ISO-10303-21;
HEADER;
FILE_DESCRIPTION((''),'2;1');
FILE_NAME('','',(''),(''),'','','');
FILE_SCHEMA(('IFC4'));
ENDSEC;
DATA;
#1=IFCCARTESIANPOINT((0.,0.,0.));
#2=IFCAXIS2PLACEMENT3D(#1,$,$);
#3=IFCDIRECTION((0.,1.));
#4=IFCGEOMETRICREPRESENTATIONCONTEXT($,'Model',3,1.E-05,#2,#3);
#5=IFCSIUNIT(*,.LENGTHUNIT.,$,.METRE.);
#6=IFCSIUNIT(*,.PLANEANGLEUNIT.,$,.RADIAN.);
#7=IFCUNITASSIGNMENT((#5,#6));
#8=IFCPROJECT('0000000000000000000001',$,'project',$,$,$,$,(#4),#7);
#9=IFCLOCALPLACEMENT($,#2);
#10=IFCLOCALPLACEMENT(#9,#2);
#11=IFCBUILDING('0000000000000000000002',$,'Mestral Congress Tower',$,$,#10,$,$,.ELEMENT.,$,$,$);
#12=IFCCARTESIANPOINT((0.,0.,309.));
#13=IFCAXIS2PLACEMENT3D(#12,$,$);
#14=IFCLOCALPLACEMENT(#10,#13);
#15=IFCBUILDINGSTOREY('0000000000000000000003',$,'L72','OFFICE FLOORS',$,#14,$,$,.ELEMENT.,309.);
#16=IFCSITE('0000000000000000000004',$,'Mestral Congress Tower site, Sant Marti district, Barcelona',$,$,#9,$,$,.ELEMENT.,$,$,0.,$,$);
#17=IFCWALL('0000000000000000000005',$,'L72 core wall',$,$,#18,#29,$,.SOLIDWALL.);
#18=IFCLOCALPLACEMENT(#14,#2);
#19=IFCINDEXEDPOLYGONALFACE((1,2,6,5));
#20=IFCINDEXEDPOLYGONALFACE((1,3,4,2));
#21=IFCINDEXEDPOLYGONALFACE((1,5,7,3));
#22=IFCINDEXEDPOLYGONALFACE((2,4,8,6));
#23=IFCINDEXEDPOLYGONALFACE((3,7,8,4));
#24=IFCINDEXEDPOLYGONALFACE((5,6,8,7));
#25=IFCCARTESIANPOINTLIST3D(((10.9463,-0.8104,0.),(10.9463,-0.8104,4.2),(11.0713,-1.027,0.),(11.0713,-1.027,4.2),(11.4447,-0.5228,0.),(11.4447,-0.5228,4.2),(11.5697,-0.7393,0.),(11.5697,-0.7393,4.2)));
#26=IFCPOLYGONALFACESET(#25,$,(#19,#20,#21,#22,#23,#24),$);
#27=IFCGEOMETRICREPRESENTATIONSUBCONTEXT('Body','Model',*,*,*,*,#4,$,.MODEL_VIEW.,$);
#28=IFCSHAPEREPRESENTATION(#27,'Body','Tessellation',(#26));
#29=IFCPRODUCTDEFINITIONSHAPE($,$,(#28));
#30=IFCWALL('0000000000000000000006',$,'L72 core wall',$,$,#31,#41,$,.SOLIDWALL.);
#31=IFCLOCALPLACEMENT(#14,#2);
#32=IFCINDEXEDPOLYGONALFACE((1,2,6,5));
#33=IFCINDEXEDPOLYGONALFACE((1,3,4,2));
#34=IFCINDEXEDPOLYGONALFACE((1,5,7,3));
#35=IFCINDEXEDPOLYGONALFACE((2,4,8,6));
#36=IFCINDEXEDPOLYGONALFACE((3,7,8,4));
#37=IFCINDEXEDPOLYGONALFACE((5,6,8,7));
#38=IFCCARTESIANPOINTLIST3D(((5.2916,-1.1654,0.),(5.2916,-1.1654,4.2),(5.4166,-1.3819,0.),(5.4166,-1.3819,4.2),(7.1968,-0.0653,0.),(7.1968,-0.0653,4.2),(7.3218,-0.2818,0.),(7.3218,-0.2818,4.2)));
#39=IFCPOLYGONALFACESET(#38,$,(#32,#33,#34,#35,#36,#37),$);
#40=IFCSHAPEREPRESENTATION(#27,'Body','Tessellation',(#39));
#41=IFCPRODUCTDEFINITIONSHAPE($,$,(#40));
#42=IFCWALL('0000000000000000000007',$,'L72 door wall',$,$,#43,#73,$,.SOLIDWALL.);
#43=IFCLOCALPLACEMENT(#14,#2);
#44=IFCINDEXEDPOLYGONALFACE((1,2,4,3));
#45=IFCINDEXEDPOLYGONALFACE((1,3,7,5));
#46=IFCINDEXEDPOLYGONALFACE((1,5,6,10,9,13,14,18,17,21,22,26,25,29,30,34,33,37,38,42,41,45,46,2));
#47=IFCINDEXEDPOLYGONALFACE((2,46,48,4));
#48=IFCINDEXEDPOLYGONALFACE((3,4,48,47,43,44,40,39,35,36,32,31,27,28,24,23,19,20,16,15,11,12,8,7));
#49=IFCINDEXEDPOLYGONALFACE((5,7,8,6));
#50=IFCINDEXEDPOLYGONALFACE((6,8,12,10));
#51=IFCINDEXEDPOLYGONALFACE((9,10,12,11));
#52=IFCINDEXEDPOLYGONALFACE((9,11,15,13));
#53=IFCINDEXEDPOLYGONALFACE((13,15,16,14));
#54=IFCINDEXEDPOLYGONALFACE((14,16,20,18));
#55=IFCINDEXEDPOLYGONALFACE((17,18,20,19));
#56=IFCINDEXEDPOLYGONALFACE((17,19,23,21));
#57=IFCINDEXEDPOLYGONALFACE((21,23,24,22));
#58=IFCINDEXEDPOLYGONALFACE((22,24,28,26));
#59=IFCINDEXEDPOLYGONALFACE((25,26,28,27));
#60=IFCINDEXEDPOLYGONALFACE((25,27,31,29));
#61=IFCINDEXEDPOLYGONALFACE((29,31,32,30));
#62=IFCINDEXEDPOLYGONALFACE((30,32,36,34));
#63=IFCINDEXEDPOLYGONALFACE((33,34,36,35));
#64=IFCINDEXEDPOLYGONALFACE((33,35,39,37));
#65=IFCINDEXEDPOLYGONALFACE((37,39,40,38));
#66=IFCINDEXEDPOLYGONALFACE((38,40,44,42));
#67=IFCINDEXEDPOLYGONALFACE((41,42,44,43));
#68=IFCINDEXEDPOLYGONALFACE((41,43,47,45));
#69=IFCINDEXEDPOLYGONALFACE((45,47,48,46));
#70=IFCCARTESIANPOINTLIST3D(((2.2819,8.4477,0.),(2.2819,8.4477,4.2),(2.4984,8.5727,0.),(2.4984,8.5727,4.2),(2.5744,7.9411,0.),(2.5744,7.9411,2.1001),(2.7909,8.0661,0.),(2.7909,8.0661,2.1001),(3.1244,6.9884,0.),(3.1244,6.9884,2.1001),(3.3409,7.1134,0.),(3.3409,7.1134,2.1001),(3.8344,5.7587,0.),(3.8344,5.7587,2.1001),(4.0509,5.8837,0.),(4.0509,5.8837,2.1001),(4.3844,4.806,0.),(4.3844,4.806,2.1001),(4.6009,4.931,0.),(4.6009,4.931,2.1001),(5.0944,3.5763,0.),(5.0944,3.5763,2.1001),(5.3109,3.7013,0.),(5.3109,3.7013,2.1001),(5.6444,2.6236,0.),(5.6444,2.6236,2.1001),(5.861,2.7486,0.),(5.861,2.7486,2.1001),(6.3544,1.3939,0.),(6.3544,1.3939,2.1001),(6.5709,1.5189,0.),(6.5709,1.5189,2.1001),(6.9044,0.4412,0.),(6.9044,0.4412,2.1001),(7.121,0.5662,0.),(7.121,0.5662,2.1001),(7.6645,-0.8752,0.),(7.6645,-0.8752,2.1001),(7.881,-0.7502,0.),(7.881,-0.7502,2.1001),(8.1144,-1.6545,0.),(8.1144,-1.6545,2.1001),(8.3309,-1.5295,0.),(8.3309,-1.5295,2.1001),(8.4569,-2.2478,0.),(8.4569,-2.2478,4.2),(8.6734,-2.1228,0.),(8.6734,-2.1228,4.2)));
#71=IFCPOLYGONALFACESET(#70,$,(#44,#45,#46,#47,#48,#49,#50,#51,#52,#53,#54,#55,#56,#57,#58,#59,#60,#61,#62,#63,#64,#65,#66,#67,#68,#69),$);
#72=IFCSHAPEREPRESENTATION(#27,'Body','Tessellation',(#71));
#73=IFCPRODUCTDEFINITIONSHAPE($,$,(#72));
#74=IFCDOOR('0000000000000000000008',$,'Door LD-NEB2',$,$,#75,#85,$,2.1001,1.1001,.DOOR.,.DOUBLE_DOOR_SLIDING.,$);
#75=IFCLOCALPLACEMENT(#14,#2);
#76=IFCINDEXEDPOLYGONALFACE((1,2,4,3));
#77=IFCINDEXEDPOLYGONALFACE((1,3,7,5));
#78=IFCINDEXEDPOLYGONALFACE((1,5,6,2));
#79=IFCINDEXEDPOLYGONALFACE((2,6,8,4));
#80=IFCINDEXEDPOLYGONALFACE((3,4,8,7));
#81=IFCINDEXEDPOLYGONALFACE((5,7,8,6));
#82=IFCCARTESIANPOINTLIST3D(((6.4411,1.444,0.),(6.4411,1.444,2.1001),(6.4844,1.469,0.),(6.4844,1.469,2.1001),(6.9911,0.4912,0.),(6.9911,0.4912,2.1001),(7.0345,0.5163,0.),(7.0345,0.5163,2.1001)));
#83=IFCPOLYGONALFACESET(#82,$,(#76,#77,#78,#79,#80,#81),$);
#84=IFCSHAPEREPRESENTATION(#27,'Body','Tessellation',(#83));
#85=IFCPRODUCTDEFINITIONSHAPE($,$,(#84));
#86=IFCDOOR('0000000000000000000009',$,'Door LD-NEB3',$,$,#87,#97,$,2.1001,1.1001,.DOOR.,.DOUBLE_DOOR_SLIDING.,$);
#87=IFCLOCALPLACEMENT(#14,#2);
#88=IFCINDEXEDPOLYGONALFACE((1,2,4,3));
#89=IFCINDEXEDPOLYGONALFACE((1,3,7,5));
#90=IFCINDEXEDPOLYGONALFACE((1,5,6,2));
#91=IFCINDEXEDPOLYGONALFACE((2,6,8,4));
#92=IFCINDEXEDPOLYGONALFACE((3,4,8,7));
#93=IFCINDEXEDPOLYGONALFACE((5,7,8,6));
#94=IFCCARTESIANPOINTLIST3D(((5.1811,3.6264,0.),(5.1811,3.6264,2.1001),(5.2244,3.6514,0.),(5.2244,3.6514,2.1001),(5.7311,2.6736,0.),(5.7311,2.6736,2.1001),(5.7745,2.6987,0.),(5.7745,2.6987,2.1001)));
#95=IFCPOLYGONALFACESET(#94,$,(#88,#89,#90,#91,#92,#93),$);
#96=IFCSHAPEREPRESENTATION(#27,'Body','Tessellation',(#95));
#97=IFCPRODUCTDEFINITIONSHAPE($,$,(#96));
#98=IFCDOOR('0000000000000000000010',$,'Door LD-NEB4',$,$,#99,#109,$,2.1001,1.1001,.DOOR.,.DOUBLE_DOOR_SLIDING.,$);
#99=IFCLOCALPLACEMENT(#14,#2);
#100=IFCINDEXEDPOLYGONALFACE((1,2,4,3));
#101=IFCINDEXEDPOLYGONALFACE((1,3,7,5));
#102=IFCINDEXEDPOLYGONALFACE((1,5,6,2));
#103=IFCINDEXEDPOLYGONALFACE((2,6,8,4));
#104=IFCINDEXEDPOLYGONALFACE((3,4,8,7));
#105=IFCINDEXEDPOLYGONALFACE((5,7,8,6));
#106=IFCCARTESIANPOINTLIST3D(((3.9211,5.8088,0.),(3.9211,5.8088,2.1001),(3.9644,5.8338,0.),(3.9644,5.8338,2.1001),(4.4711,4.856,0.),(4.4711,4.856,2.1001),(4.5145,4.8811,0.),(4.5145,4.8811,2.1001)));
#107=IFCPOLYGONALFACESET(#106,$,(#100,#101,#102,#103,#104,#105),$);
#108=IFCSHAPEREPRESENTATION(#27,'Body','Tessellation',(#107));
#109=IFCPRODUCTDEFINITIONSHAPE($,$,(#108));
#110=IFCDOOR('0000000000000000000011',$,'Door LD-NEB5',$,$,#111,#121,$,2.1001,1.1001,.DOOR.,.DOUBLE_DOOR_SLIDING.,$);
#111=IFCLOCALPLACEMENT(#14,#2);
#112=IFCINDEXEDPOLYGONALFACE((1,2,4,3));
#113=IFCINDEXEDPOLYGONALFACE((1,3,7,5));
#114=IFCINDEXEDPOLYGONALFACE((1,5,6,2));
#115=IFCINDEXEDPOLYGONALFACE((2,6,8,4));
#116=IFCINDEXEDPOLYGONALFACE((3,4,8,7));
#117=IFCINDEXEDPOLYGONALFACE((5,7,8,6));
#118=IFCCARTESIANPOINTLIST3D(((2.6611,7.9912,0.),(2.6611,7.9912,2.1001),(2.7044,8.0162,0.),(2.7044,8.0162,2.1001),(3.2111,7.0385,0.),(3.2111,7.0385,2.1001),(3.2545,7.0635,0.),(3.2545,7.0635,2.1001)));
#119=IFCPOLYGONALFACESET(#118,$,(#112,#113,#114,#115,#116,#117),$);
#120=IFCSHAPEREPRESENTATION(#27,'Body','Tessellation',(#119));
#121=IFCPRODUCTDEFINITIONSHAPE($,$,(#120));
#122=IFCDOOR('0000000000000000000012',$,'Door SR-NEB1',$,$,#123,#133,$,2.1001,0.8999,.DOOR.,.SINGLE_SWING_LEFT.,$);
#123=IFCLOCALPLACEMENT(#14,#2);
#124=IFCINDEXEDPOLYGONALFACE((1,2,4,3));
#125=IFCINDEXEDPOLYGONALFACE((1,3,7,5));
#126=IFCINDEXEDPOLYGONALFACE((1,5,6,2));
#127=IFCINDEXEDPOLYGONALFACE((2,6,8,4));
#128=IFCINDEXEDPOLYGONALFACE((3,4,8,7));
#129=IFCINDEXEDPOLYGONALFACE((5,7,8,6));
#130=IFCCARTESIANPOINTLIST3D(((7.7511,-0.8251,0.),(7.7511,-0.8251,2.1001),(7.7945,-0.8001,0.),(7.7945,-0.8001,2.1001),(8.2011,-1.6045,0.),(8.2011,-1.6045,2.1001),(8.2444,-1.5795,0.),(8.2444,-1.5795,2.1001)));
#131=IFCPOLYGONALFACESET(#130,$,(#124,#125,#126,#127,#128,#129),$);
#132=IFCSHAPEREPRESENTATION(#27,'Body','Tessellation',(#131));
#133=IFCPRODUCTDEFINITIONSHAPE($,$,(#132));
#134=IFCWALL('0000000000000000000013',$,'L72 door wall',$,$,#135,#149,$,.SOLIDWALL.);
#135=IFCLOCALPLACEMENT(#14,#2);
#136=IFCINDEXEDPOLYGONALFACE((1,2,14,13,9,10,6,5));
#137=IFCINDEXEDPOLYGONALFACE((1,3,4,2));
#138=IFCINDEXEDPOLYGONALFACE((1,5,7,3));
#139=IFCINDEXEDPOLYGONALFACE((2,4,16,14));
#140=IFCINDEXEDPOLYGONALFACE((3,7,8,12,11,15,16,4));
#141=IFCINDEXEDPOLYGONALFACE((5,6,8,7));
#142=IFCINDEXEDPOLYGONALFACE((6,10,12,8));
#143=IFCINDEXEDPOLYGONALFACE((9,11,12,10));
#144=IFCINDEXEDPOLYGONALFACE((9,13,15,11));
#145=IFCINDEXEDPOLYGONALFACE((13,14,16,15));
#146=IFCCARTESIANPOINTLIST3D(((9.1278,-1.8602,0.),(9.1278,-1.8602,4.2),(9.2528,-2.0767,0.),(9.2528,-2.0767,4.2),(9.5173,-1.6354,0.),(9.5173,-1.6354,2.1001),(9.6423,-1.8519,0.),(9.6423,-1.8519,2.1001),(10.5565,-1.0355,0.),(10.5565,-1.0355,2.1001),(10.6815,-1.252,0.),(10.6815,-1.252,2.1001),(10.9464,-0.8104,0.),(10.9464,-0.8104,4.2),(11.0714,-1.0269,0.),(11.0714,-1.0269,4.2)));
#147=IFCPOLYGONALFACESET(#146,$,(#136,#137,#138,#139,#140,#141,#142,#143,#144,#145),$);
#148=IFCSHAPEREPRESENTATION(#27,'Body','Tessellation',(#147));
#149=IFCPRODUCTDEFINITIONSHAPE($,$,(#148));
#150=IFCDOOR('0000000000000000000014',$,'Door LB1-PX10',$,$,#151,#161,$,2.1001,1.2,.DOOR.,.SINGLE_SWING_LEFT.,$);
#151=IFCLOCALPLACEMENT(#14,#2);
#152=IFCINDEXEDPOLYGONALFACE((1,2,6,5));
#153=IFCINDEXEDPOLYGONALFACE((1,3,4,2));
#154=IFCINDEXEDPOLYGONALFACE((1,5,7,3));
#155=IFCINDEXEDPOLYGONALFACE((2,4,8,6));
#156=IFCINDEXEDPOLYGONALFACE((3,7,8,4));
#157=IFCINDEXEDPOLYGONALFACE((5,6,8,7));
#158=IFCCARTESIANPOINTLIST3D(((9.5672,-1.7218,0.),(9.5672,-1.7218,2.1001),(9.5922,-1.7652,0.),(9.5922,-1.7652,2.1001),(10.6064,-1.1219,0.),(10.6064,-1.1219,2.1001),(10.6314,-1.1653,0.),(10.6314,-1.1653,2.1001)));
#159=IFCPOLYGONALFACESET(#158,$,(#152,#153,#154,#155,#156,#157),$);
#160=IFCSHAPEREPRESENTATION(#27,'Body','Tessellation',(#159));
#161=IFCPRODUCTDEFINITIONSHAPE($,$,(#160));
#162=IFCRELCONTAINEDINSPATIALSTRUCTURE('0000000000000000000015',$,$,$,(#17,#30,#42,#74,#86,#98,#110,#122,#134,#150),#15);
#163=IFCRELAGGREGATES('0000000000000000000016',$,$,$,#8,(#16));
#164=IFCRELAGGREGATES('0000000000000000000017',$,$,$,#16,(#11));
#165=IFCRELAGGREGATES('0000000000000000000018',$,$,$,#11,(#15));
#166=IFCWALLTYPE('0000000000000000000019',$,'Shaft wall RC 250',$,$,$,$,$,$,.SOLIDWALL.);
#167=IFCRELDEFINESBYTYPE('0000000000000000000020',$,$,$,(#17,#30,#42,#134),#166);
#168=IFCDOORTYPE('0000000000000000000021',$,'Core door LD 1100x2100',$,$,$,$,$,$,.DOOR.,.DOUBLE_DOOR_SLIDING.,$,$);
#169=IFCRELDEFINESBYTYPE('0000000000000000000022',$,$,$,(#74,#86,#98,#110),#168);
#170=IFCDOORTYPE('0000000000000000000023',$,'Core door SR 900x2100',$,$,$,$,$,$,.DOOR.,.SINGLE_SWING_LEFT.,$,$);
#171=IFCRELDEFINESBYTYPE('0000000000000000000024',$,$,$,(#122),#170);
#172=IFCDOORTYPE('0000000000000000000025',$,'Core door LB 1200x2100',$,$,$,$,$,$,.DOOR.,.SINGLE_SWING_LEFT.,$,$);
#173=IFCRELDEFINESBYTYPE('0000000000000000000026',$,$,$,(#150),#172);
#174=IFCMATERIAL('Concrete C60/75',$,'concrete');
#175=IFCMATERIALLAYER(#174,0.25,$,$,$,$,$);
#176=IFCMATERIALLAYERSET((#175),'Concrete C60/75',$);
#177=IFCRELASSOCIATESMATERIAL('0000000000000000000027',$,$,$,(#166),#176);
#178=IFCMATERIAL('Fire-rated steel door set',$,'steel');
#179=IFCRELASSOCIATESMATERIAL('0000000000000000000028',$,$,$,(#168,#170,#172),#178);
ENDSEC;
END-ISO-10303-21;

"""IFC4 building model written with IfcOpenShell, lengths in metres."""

from ifc_helpers import new_model, si_unit, direction, frame, frame_2d, origin, place, context, subcontext, project, spatial, rectangle, extrude, material, layer, layer_set, type_object, element, fill, save


model = new_model("IFC4")

# Units and contexts
model_context = context("Model", 3, precision=1e-05, world=origin(), true_north=direction((0.0, 1.0)))
body_context = subcontext(model_context, "Body", "Model", "MODEL_VIEW")
ifc_project = project(units=[si_unit("LENGTHUNIT", "METRE"), si_unit("PLANEANGLEUNIT", "RADIAN")], contexts=[model_context])

# Site, building, storey
site_placement = place(None, origin())
site = spatial("IfcSite", under=ifc_project, at=site_placement, Name="Mestral Congress Tower site, Sant Marti district, Barcelona", CompositionType="ELEMENT", RefElevation=0.0)
building_placement = place(site_placement, origin())
building = spatial("IfcBuilding", under=site, at=building_placement, Name="Mestral Congress Tower", CompositionType="ELEMENT")
storey_placement = place(building_placement, frame((0.0, 0.0, 309.0)))
storey = spatial("IfcBuildingStorey", under=building, at=storey_placement, Name="L72", Description="OFFICE FLOORS", CompositionType="ELEMENT", Elevation=309.0)

# Shared definitions
ifc_material_1 = material(Name="Concrete C60/75", Category="concrete")

# Shared definitions
ifc_material_2 = material(Name="Fire-rated steel door set", Category="steel")

# Walls
ifc_layer_1 = layer(ifc_material_1, 0.25)
ifc_layer_set_1 = layer_set([ifc_layer_1], Name="Concrete C60/75")
wall_type_1 = type_object("IfcWallType", Name="Shaft wall RC 250", PredefinedType="SOLIDWALL", material=ifc_layer_set_1)
wall_1_placement = place(storey_placement, frame((11.5071, -0.6311, 0.0), z_axis=(0.0, 0.0, 1.0), x_axis=(-0.866094, -0.499882, 0.0)))
element("IfcWall", 1, at=wall_1_placement, inside=storey, type_object=wall_type_1, Name="L72 core wall", PredefinedType="SOLIDWALL", context=body_context, shape_type="SweptSolid", body=[
    extrude(rectangle(XDim=0.5754, YDim=0.25, at=frame_2d((0.2876, 0.0))), origin(), (0.0, 0.0, 1.0), 4.2),
])
wall_2_placement = place(storey_placement, frame((5.354, -1.2737, 0.0), z_axis=(0.0, 0.0, 1.0), x_axis=(0.866008, 0.50003, 0.0)))
element("IfcWall", 2, at=wall_2_placement, inside=storey, type_object=wall_type_1, Name="L72 core wall", PredefinedType="SOLIDWALL", context=body_context, shape_type="SweptSolid", body=[
    extrude(rectangle(XDim=2.2, YDim=0.25, at=frame_2d((1.1001, 0.0))), origin(), (0.0, 0.0, 1.0), 4.2),
])

# Wall, openings, doors
wall_3_placement = place(storey_placement, frame((8.5652, -2.1853, 0.0), z_axis=(0.0, 0.0, 1.0), x_axis=(-0.499998, 0.866027, 0.0)))
wall_3 = element("IfcWall", 3, at=wall_3_placement, inside=storey, type_object=wall_type_1, Name="L72 door wall", PredefinedType="SOLIDWALL", context=body_context, shape_type="SweptSolid", body=[
    extrude(rectangle(XDim=12.3501, YDim=0.25, at=frame_2d((6.175, 0.0))), origin(), (0.0, 0.0, 1.0), 4.2),
])
opening_1_placement = place(wall_3_placement, frame((0.6851, 0.0, 0.0)))
opening_1 = element("IfcOpeningElement", 4, at=opening_1_placement, cuts=wall_3, PredefinedType="OPENING", context=body_context, shape_type="SweptSolid", body=[
    extrude(rectangle(XDim=0.8999, YDim=2.1001, at=frame_2d((0.45, 1.05))), frame((0.0, 0.135, 0.0), z_axis=(0.0, -1.0, 0.0), x_axis=(1.0, 0.0, 0.0)), (0.0, 0.0, 1.0), 0.27),
])
opening_2_placement = place(wall_3_placement, frame((3.105, 0.0, 0.0)))
opening_2 = element("IfcOpeningElement", 5, at=opening_2_placement, cuts=wall_3, PredefinedType="OPENING", context=body_context, shape_type="SweptSolid", body=[
    extrude(rectangle(XDim=1.1001, YDim=2.1001, at=frame_2d((0.55, 1.05))), frame((0.0, 0.135, 0.0), z_axis=(0.0, -1.0, 0.0), x_axis=(1.0, 0.0, 0.0)), (0.0, 0.0, 1.0), 0.27),
])
opening_3_placement = place(wall_3_placement, frame((5.625, 0.0, 0.0)))
opening_3 = element("IfcOpeningElement", 6, at=opening_3_placement, cuts=wall_3, PredefinedType="OPENING", context=body_context, shape_type="SweptSolid", body=[
    extrude(rectangle(XDim=1.1001, YDim=2.1001, at=frame_2d((0.55, 1.05))), frame((0.0, 0.135, 0.0), z_axis=(0.0, -1.0, 0.0), x_axis=(1.0, 0.0, 0.0)), (0.0, 0.0, 1.0), 0.27),
])
opening_4_placement = place(wall_3_placement, frame((8.145, 0.0, 0.0)))
opening_4 = element("IfcOpeningElement", 7, at=opening_4_placement, cuts=wall_3, PredefinedType="OPENING", context=body_context, shape_type="SweptSolid", body=[
    extrude(rectangle(XDim=1.1001, YDim=2.1001, at=frame_2d((0.55, 1.05))), frame((0.0, 0.135, 0.0), z_axis=(0.0, -1.0, 0.0), x_axis=(1.0, 0.0, 0.0)), (0.0, 0.0, 1.0), 0.27),
])
opening_5_placement = place(wall_3_placement, frame((10.665, 0.0, 0.0)))
opening_5 = element("IfcOpeningElement", 8, at=opening_5_placement, cuts=wall_3, PredefinedType="OPENING", context=body_context, shape_type="SweptSolid", body=[
    extrude(rectangle(XDim=1.1001, YDim=2.1001, at=frame_2d((0.55, 1.05))), frame((0.0, 0.135, 0.0), z_axis=(0.0, -1.0, 0.0), x_axis=(1.0, 0.0, 0.0)), (0.0, 0.0, 1.0), 0.27),
])
door_type_1 = type_object("IfcDoorType", Name="Core door LD 1100x2100", OperationType="DOUBLE_DOOR_SLIDING", PredefinedType="DOOR", material=ifc_material_2)
door_1_placement = place(opening_2_placement, origin())
door_1 = element("IfcDoor", 9, at=door_1_placement, inside=storey, type_object=door_type_1, Name="Door LD-NEB2", OperationType="DOUBLE_DOOR_SLIDING", OverallHeight=2.1001, OverallWidth=1.1001, PredefinedType="DOOR", context=body_context, shape_type="SweptSolid", body=[
    extrude(rectangle(XDim=1.1001, YDim=2.1001, at=frame_2d((0.55, 1.05))), frame((0.0, 0.0249, 0.0), z_axis=(0.0, -1.0, 0.0), x_axis=(1.0, 0.0, 0.0)), (0.0, 0.0, 1.0), 0.05),
])
fill(opening_2, door_1)
door_2_placement = place(opening_3_placement, origin())
door_2 = element("IfcDoor", 10, at=door_2_placement, inside=storey, type_object=door_type_1, Name="Door LD-NEB3", OperationType="DOUBLE_DOOR_SLIDING", OverallHeight=2.1001, OverallWidth=1.1001, PredefinedType="DOOR", context=body_context, shape_type="SweptSolid", body=[
    extrude(rectangle(XDim=1.1001, YDim=2.1001, at=frame_2d((0.55, 1.05))), frame((0.0, 0.0249, 0.0), z_axis=(0.0, -1.0, 0.0), x_axis=(1.0, 0.0, 0.0)), (0.0, 0.0, 1.0), 0.05),
])
fill(opening_3, door_2)
door_3_placement = place(opening_4_placement, origin())
door_3 = element("IfcDoor", 11, at=door_3_placement, inside=storey, type_object=door_type_1, Name="Door LD-NEB4", OperationType="DOUBLE_DOOR_SLIDING", OverallHeight=2.1001, OverallWidth=1.1001, PredefinedType="DOOR", context=body_context, shape_type="SweptSolid", body=[
    extrude(rectangle(XDim=1.1001, YDim=2.1001, at=frame_2d((0.55, 1.05))), frame((0.0, 0.0249, 0.0), z_axis=(0.0, -1.0, 0.0), x_axis=(1.0, 0.0, 0.0)), (0.0, 0.0, 1.0), 0.05),
])
fill(opening_4, door_3)
door_4_placement = place(opening_5_placement, origin())
door_4 = element("IfcDoor", 12, at=door_4_placement, inside=storey, type_object=door_type_1, Name="Door LD-NEB5", OperationType="DOUBLE_DOOR_SLIDING", OverallHeight=2.1001, OverallWidth=1.1001, PredefinedType="DOOR", context=body_context, shape_type="SweptSolid", body=[
    extrude(rectangle(XDim=1.1001, YDim=2.1001, at=frame_2d((0.55, 1.05))), frame((0.0, 0.0249, 0.0), z_axis=(0.0, -1.0, 0.0), x_axis=(1.0, 0.0, 0.0)), (0.0, 0.0, 1.0), 0.05),
])
fill(opening_5, door_4)
door_type_2 = type_object("IfcDoorType", Name="Core door SR 900x2100", OperationType="SINGLE_SWING_LEFT", PredefinedType="DOOR", material=ifc_material_2)
door_5_placement = place(opening_1_placement, origin())
door_5 = element("IfcDoor", 13, at=door_5_placement, inside=storey, type_object=door_type_2, Name="Door SR-NEB1", OperationType="SINGLE_SWING_LEFT", OverallHeight=2.1001, OverallWidth=0.8999, PredefinedType="DOOR", context=body_context, shape_type="SweptSolid", body=[
    extrude(rectangle(XDim=0.8999, YDim=2.1001, at=frame_2d((0.45, 1.05))), frame((0.0, 0.0249, 0.0), z_axis=(0.0, -1.0, 0.0), x_axis=(1.0, 0.0, 0.0)), (0.0, 0.0, 1.0), 0.05),
])
fill(opening_1, door_5)

# Wall, opening, door
wall_4_placement = place(storey_placement, frame((11.0088, -0.9187, 0.0), z_axis=(0.0, 0.0, 1.0), x_axis=(-0.86606, -0.499941, 0.0)))
wall_4 = element("IfcWall", 14, at=wall_4_placement, inside=storey, type_object=wall_type_1, Name="L72 door wall", PredefinedType="SOLIDWALL", context=body_context, shape_type="SweptSolid", body=[
    extrude(rectangle(XDim=2.0999, YDim=0.25, at=frame_2d((1.0498, 0.0))), origin(), (0.0, 0.0, 1.0), 4.2),
])
opening_6_placement = place(wall_4_placement, frame((0.45, 0.0, 0.0)))
opening_6 = element("IfcOpeningElement", 15, at=opening_6_placement, cuts=wall_4, PredefinedType="OPENING", context=body_context, shape_type="SweptSolid", body=[
    extrude(rectangle(XDim=1.2, YDim=2.1001, at=frame_2d((0.6001, 1.05))), frame((0.0, 0.135, 0.0), z_axis=(0.0, -1.0, 0.0), x_axis=(1.0, 0.0, 0.0)), (0.0, 0.0, 1.0), 0.27),
])
door_type_3 = type_object("IfcDoorType", Name="Core door LB 1200x2100", OperationType="SINGLE_SWING_LEFT", PredefinedType="DOOR", material=ifc_material_2)
door_6_placement = place(opening_6_placement, origin())
door_6 = element("IfcDoor", 16, at=door_6_placement, inside=storey, type_object=door_type_3, Name="Door LB1-PX10", OperationType="SINGLE_SWING_LEFT", OverallHeight=2.1001, OverallWidth=1.2, PredefinedType="DOOR", context=body_context, shape_type="SweptSolid", body=[
    extrude(rectangle(XDim=1.2, YDim=2.1001, at=frame_2d((0.6001, 1.05))), frame((0.0, 0.0249, 0.0), z_axis=(0.0, -1.0, 0.0), x_axis=(1.0, 0.0, 0.0)), (0.0, 0.0, 1.0), 0.05),
])
fill(opening_6, door_6)

save(model, "model.ifc")
